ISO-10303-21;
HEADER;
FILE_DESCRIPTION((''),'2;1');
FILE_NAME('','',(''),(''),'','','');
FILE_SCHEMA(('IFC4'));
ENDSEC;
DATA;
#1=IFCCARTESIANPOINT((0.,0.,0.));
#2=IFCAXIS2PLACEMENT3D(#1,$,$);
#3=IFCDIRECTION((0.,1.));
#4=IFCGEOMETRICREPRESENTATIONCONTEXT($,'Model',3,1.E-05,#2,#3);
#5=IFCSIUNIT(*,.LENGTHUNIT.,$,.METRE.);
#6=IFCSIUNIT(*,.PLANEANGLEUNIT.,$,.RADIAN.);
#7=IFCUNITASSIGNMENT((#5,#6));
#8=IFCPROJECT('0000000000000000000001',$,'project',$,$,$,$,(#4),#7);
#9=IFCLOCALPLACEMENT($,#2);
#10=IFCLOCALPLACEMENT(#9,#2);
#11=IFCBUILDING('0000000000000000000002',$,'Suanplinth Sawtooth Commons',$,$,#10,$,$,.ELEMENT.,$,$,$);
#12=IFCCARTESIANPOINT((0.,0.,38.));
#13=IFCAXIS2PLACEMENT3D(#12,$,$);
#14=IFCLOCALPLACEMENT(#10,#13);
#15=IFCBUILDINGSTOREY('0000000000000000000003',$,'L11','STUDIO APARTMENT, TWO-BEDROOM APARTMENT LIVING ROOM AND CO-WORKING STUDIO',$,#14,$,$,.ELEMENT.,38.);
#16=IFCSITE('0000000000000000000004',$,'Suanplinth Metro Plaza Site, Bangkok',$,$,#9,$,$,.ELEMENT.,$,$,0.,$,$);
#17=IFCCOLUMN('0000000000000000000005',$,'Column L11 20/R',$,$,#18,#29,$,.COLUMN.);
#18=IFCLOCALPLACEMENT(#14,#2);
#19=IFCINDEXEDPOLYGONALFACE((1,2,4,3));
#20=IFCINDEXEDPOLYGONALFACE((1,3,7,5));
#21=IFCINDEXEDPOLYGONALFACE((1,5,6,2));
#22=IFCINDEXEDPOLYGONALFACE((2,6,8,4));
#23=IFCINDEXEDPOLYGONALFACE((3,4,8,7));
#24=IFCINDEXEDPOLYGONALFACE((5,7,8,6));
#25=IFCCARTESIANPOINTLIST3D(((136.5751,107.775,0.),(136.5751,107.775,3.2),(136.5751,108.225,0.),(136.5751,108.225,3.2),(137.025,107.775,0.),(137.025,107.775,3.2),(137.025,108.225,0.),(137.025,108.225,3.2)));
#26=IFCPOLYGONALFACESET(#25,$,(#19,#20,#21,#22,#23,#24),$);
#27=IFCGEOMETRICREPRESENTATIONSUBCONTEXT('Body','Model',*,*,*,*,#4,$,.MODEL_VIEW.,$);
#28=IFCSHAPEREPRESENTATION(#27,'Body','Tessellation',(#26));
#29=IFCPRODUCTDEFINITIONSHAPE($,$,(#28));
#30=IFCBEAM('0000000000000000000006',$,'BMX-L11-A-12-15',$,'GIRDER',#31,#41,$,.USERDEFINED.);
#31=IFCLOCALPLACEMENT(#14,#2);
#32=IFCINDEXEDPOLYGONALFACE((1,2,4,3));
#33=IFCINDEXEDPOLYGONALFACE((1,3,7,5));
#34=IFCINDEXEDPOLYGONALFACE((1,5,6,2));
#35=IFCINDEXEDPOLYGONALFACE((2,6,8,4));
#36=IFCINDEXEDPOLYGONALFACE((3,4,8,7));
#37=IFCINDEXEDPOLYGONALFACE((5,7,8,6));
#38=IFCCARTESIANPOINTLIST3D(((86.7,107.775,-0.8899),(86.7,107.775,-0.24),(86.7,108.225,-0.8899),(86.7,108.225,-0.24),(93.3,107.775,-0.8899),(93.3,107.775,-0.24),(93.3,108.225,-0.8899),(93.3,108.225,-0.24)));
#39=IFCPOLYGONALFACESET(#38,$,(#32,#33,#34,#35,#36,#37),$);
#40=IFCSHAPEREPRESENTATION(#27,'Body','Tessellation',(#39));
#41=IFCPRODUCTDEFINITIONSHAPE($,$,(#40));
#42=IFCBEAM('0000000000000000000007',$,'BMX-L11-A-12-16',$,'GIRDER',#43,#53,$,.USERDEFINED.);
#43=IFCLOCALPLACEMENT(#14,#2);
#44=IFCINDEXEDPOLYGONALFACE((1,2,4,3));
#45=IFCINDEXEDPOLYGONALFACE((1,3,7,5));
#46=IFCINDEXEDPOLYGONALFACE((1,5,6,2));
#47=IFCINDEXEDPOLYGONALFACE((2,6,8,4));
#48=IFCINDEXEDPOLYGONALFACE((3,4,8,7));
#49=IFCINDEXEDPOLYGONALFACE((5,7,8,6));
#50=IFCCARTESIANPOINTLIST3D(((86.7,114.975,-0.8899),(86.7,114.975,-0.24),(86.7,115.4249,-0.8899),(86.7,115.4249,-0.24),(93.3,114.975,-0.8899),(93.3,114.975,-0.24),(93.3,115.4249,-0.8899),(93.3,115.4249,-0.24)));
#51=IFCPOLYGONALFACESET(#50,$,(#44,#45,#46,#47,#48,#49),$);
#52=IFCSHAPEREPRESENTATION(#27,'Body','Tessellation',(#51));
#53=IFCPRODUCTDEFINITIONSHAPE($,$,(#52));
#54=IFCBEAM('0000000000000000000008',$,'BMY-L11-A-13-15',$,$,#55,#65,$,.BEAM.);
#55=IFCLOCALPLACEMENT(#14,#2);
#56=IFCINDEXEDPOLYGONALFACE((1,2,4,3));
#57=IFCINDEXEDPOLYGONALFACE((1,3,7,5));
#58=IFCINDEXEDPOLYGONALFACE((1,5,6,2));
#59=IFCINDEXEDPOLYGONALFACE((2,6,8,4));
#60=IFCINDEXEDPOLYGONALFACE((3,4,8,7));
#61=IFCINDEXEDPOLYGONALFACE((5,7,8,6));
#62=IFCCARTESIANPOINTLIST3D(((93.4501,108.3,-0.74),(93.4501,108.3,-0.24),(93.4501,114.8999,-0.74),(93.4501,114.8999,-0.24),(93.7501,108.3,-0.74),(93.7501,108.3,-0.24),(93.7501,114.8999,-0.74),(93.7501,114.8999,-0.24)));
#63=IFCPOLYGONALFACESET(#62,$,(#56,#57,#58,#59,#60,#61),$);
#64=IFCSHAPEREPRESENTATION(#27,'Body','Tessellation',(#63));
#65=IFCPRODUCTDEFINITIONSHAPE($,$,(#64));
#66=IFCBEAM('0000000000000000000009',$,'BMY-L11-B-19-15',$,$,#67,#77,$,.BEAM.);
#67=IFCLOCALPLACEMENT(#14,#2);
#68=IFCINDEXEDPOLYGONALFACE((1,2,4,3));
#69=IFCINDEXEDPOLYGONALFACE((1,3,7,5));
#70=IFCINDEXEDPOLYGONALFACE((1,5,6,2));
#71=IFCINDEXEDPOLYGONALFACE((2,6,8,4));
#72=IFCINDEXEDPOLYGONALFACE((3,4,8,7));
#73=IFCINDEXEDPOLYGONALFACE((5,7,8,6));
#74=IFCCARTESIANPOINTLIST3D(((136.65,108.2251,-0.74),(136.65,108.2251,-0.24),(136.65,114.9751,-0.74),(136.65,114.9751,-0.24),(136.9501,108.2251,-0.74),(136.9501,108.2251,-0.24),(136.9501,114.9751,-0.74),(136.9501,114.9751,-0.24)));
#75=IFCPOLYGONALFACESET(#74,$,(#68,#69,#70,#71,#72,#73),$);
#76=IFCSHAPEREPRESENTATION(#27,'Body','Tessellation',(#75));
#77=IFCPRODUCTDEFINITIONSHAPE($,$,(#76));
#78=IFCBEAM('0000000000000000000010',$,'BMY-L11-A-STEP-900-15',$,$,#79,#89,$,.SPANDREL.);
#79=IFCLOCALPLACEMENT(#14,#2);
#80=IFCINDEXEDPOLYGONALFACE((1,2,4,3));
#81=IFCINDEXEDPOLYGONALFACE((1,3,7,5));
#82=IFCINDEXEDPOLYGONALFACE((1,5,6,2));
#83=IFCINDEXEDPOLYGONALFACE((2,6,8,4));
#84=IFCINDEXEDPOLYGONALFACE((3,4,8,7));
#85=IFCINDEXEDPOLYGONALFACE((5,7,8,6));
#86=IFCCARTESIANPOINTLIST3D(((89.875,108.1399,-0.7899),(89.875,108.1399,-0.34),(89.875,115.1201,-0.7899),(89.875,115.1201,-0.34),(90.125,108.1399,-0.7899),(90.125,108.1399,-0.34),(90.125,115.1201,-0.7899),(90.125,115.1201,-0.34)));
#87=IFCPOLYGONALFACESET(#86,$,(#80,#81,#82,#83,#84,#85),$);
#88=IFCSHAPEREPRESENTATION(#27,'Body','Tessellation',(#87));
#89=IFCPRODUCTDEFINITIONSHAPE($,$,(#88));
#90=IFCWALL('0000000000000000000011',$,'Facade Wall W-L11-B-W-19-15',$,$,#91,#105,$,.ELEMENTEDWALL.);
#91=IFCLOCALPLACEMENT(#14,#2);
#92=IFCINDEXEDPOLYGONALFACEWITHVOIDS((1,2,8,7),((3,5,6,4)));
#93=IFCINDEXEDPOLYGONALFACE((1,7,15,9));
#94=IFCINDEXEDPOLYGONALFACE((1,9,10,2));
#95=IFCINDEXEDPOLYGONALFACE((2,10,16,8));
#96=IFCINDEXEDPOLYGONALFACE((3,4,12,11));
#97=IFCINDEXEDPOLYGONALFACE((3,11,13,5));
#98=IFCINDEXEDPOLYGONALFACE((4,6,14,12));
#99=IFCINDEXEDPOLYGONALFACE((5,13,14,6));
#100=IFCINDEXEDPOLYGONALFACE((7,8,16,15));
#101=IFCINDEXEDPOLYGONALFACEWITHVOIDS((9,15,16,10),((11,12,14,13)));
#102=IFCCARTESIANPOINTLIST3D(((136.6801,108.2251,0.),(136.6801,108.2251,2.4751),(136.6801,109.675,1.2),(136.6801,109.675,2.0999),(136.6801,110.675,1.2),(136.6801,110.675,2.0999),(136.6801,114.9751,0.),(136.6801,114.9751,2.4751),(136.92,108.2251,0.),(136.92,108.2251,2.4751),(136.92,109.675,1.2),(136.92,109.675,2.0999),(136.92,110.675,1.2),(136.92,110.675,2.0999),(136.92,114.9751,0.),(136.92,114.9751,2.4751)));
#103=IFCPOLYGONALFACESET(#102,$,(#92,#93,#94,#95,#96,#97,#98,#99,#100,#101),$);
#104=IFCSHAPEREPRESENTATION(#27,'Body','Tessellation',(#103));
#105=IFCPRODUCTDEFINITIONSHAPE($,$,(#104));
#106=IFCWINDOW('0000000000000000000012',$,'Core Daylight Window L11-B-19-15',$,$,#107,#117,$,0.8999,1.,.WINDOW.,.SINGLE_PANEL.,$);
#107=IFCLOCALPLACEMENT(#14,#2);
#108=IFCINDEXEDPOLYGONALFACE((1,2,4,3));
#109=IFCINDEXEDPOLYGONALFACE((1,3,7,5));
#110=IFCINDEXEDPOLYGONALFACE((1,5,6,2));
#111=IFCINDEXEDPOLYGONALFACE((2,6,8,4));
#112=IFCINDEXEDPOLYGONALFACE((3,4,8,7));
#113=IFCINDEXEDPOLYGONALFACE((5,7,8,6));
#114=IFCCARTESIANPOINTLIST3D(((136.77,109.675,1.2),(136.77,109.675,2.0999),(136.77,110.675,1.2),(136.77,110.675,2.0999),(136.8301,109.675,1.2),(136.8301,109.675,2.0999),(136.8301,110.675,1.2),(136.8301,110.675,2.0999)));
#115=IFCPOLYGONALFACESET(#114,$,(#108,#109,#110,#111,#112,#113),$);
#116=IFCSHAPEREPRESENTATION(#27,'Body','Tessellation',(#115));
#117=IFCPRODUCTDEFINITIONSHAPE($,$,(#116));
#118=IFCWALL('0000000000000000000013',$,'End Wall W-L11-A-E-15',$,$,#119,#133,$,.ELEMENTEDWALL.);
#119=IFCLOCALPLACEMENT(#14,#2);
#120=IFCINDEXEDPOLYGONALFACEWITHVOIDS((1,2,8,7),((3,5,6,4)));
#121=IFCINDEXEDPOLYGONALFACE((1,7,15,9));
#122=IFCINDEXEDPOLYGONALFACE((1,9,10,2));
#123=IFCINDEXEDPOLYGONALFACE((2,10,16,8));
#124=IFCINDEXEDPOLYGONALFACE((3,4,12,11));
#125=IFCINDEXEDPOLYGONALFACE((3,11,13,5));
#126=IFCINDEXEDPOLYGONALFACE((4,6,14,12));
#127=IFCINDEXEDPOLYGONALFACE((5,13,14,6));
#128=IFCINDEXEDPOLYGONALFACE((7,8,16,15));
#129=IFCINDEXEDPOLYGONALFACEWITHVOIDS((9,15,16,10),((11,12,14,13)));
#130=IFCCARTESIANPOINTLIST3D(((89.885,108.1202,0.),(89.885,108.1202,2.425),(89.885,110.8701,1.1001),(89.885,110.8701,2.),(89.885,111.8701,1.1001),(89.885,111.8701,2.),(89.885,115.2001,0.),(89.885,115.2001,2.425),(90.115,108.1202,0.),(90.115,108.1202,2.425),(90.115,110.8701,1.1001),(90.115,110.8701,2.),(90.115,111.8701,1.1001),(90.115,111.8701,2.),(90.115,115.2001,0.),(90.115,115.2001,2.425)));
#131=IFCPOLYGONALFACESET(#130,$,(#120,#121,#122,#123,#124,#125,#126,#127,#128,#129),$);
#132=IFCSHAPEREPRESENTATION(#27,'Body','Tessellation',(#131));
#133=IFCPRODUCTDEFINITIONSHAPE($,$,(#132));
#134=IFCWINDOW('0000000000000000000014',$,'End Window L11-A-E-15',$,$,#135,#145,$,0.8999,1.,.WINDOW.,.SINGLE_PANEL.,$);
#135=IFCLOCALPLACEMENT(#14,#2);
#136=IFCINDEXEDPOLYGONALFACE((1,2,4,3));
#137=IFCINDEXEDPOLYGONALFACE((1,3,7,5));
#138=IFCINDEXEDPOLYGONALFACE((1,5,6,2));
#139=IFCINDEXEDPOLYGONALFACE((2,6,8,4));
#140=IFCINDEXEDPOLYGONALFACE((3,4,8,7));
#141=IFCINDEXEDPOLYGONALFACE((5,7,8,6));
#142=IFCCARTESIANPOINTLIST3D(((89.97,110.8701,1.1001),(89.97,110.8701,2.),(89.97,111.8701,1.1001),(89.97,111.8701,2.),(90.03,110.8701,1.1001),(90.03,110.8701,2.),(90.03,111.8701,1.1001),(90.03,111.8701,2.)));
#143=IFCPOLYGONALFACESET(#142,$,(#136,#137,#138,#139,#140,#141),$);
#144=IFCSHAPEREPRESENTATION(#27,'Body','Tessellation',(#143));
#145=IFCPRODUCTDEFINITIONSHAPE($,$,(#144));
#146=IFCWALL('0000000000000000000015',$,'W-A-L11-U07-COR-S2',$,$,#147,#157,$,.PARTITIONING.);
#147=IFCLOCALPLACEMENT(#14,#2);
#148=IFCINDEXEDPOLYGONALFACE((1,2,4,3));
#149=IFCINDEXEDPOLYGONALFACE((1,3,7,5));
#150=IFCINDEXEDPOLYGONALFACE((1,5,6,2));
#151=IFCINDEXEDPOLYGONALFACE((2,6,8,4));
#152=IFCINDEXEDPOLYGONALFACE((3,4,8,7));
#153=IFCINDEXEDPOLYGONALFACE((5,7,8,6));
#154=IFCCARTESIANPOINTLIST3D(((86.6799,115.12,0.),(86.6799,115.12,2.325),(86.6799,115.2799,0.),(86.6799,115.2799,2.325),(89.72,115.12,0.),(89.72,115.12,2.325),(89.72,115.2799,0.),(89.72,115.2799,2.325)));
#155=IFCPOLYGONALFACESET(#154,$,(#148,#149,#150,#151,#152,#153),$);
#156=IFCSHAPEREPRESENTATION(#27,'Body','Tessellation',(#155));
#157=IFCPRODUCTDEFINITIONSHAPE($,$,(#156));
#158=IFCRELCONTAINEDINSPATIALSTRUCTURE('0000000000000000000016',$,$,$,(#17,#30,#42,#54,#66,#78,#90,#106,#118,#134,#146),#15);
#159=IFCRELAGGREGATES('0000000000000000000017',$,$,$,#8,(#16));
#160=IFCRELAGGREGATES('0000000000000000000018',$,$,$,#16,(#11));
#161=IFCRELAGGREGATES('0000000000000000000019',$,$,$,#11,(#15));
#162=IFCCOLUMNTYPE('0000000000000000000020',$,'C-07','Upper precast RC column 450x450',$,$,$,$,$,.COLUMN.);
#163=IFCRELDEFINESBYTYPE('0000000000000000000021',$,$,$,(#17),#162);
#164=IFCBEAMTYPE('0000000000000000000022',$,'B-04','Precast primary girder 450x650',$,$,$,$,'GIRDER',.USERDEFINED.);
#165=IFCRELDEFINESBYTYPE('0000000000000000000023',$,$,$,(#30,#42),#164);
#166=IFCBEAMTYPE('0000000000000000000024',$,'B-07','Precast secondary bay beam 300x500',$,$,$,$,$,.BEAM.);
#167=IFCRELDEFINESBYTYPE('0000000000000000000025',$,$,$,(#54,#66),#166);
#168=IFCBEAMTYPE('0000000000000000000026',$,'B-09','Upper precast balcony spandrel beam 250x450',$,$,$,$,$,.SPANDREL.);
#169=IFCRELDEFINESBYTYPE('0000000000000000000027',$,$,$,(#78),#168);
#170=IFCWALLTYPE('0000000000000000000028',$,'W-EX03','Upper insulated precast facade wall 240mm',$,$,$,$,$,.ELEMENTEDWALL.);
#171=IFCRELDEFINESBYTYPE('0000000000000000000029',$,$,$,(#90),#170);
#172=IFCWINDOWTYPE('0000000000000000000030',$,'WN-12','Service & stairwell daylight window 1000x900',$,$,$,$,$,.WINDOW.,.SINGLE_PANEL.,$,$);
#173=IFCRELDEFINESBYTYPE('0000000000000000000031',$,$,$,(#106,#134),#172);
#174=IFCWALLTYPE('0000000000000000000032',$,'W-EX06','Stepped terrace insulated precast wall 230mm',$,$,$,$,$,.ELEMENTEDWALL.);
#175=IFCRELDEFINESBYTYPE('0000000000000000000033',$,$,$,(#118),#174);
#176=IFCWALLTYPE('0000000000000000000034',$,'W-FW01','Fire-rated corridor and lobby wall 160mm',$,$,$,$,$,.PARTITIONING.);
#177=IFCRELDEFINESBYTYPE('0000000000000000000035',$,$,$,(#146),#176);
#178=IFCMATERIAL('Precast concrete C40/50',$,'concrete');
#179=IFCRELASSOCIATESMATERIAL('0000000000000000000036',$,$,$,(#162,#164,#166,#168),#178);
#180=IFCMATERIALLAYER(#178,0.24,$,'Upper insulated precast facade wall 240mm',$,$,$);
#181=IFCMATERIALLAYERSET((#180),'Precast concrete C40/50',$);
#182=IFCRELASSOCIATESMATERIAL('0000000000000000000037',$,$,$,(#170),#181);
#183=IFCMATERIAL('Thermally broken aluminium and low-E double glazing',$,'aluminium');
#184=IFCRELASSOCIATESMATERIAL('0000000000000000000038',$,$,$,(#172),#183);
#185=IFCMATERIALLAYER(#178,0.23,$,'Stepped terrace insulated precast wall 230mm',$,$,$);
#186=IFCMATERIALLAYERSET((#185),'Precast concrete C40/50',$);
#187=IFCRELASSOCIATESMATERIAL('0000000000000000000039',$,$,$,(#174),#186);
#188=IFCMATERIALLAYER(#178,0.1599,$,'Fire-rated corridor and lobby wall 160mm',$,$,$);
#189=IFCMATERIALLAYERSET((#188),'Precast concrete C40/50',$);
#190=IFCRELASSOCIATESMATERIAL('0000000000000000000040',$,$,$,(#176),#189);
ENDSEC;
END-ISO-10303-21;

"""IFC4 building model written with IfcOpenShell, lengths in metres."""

from ifc_helpers import new_model, si_unit, direction, frame, frame_2d, origin, origin_2d, place, context, subcontext, project, spatial, rectangle, extrude, material, layer, layer_set, material_profile, profile_set, type_object, element, fill, save


model = new_model("IFC4")

# Units and contexts
model_context = context("Model", 3, precision=1e-05, world=origin(), true_north=direction((0.0, 1.0)))
body_context = subcontext(model_context, "Body", "Model", "MODEL_VIEW")
ifc_project = project(units=[si_unit("LENGTHUNIT", "METRE"), si_unit("PLANEANGLEUNIT", "RADIAN")], contexts=[model_context])

# Site, building, storey
site_placement = place(None, origin())
site = spatial("IfcSite", under=ifc_project, at=site_placement, Name="Suanplinth Metro Plaza Site, Bangkok", CompositionType="ELEMENT", RefElevation=0.0)
building_placement = place(site_placement, origin())
building = spatial("IfcBuilding", under=site, at=building_placement, Name="Suanplinth Sawtooth Commons", CompositionType="ELEMENT")
storey_placement = place(building_placement, frame((0.0, 0.0, 38.0)))
storey = spatial("IfcBuildingStorey", under=building, at=storey_placement, Name="L11", Description="STUDIO APARTMENT, TWO-BEDROOM APARTMENT LIVING ROOM AND CO-WORKING STUDIO", CompositionType="ELEMENT", Elevation=38.0)

# Column
ifc_material_1 = material(Name="Precast concrete C40/50", Category="concrete")
ifc_material_profile_1 = material_profile(ifc_material_1, rectangle(XDim=0.45, YDim=0.45, at=origin_2d()), Name="PC-COL 450x450")
ifc_profile_set_1 = profile_set([ifc_material_profile_1], Name="Precast concrete C40/50")
column_type = type_object("IfcColumnType", Name="C-07", Description="Upper precast RC column 450x450", PredefinedType="COLUMN", material=ifc_profile_set_1)
column_placement = place(storey_placement, frame((136.8, 108.0, 0.0), z_axis=(0.0, 0.0, 1.0), x_axis=(1.0, 0.0, 0.0)))
element("IfcColumn", 1, at=column_placement, inside=storey, type_object=column_type, Name="Column L11 20/R", PredefinedType="COLUMN", context=body_context, shape_type="SweptSolid", body=[
    extrude(rectangle(XDim=0.45, YDim=0.45, at=origin_2d()), origin(), (0.0, 0.0, 1.0), 3.2),
])

# Beams
ifc_material_profile_2 = material_profile(ifc_material_1, rectangle(XDim=0.45, YDim=0.6499, at=origin_2d()), Name="PC-GDR 450x650")
ifc_profile_set_2 = profile_set([ifc_material_profile_2], Name="Precast concrete C40/50")
beam_type_1 = type_object("IfcBeamType", Name="B-04", Description="Precast primary girder 450x650", ElementType="GIRDER", PredefinedType="USERDEFINED", material=ifc_profile_set_2)
for number, where, z_axis, x_axis, name in (
    (2, (86.7, 108.0, -0.5649), (1.0, 0.0, 0.0), (0.0, 1.0, 0.0), "BMX-L11-A-12-15"),
    (3, (86.7, 115.2, -0.5649), (1.0, 0.0, 0.0), (0.0, 1.0, 0.0), "BMX-L11-A-12-16"),
):
    element("IfcBeam", number, at=place(storey_placement, frame(where, z_axis=z_axis, x_axis=x_axis)), inside=storey, type_object=beam_type_1, Name=name, ObjectType="GIRDER", PredefinedType="USERDEFINED", context=body_context, shape_type="SweptSolid", body=[
        extrude(rectangle(XDim=0.45, YDim=0.6499, at=origin_2d()), origin(), (0.0, 0.0, 1.0), 6.6001),
    ])
ifc_material_profile_3 = material_profile(ifc_material_1, rectangle(XDim=0.3, YDim=0.5, at=origin_2d()), Name="PC-BM 300x500")
ifc_profile_set_3 = profile_set([ifc_material_profile_3], Name="Precast concrete C40/50")
beam_type_2 = type_object("IfcBeamType", Name="B-07", Description="Precast secondary bay beam 300x500", PredefinedType="BEAM", material=ifc_profile_set_3)
beam_1_placement = place(storey_placement, frame((93.6001, 108.3, -0.49), z_axis=(0.0, 1.0, 0.0), x_axis=(-1.0, 0.0, 0.0)))
element("IfcBeam", 4, at=beam_1_placement, inside=storey, type_object=beam_type_2, Name="BMY-L11-A-13-15", PredefinedType="BEAM", context=body_context, shape_type="SweptSolid", body=[
    extrude(rectangle(XDim=0.3, YDim=0.5, at=origin_2d()), origin(), (0.0, 0.0, 1.0), 6.5999),
])
beam_2_placement = place(storey_placement, frame((136.8, 108.2251, -0.49), z_axis=(0.0, 1.0, 0.0), x_axis=(-1.0, 0.0, 0.0)))
element("IfcBeam", 5, at=beam_2_placement, inside=storey, type_object=beam_type_2, Name="BMY-L11-B-19-15", PredefinedType="BEAM", context=body_context, shape_type="SweptSolid", body=[
    extrude(rectangle(XDim=0.3, YDim=0.5, at=origin_2d()), origin(), (0.0, 0.0, 1.0), 6.75),
])
ifc_material_profile_4 = material_profile(ifc_material_1, rectangle(XDim=0.25, YDim=0.45, at=origin_2d()), Name="PC-SP 250x450")
ifc_profile_set_4 = profile_set([ifc_material_profile_4], Name="Precast concrete C40/50")
beam_type_3 = type_object("IfcBeamType", Name="B-09", Description="Upper precast balcony spandrel beam 250x450", PredefinedType="SPANDREL", material=ifc_profile_set_4)
beam_3_placement = place(storey_placement, frame((90.0, 108.1399, -0.5649), z_axis=(0.0, 1.0, 0.0), x_axis=(-1.0, 0.0, 0.0)))
element("IfcBeam", 6, at=beam_3_placement, inside=storey, type_object=beam_type_3, Name="BMY-L11-A-STEP-900-15", PredefinedType="SPANDREL", context=body_context, shape_type="SweptSolid", body=[
    extrude(rectangle(XDim=0.25, YDim=0.45, at=origin_2d()), origin(), (0.0, 0.0, 1.0), 6.9802),
])

# Shared definitions
ifc_layer_1 = layer(ifc_material_1, 0.24, Name="Upper insulated precast facade wall 240mm")
ifc_layer_set_1 = layer_set([ifc_layer_1], Name="Precast concrete C40/50")
wall_type_1 = type_object("IfcWallType", Name="W-EX03", Description="Upper insulated precast facade wall 240mm", PredefinedType="ELEMENTEDWALL", material=ifc_layer_set_1)

# Walls, openings, windows
wall_1_placement = place(storey_placement, frame((136.8, 108.2251, 0.0), z_axis=(0.0, 0.0, 1.0), x_axis=(0.0, 1.0, 0.0)))
wall_1 = element("IfcWall", 7, at=wall_1_placement, inside=storey, type_object=wall_type_1, Name="Facade Wall W-L11-B-W-19-15", PredefinedType="ELEMENTEDWALL", context=body_context, shape_type="SweptSolid", body=[
    extrude(rectangle(XDim=6.75, YDim=0.24, at=frame_2d((3.375, 0.0))), origin(), (0.0, 0.0, 1.0), 2.4751),
])
opening_1_placement = place(wall_1_placement, frame((1.45, 0.0, 1.2)))
opening_1 = element("IfcOpeningElement", 8, at=opening_1_placement, cuts=wall_1, PredefinedType="OPENING", context=body_context, shape_type="SweptSolid", body=[
    extrude(rectangle(XDim=1.0, YDim=0.8999, at=frame_2d((0.5, 0.45))), frame((0.0, 0.1348, 0.0), z_axis=(0.0, -1.0, 0.0), x_axis=(1.0, 0.0, 0.0)), (0.0, 0.0, 1.0), 0.2698),
])
ifc_material_2 = material(Name="Thermally broken aluminium and low-E double glazing", Category="aluminium")
window_type = type_object("IfcWindowType", Name="WN-12", Description="Service & stairwell daylight window 1000x900", PartitioningType="SINGLE_PANEL", PredefinedType="WINDOW", material=ifc_material_2)
window_1_placement = place(opening_1_placement, origin())
window_1 = element("IfcWindow", 9, at=window_1_placement, inside=storey, type_object=window_type, Name="Core Daylight Window L11-B-19-15", OverallHeight=0.8999, OverallWidth=1.0, PartitioningType="SINGLE_PANEL", PredefinedType="WINDOW", context=body_context, shape_type="SweptSolid", body=[
    extrude(rectangle(XDim=1.0, YDim=0.8999, at=frame_2d((0.5, 0.45))), frame((0.0, 0.03, 0.0), z_axis=(0.0, -1.0, 0.0), x_axis=(1.0, 0.0, 0.0)), (0.0, 0.0, 1.0), 0.0601),
])
fill(opening_1, window_1)
ifc_layer_2 = layer(ifc_material_1, 0.23, Name="Stepped terrace insulated precast wall 230mm")
ifc_layer_set_2 = layer_set([ifc_layer_2], Name="Precast concrete C40/50")
wall_type_2 = type_object("IfcWallType", Name="W-EX06", Description="Stepped terrace insulated precast wall 230mm", PredefinedType="ELEMENTEDWALL", material=ifc_layer_set_2)
wall_2_placement = place(storey_placement, frame((90.0, 108.1201, 0.0), z_axis=(0.0, 0.0, 1.0), x_axis=(0.0, 1.0, 0.0)))
wall_2 = element("IfcWall", 10, at=wall_2_placement, inside=storey, type_object=wall_type_2, Name="End Wall W-L11-A-E-15", PredefinedType="ELEMENTEDWALL", context=body_context, shape_type="SweptSolid", body=[
    extrude(rectangle(XDim=7.0798, YDim=0.23, at=frame_2d((3.54, 0.0))), origin(), (0.0, 0.0, 1.0), 2.425),
])
opening_2_placement = place(wall_2_placement, frame((2.75, 0.0, 1.1001)))
opening_2 = element("IfcOpeningElement", 11, at=opening_2_placement, cuts=wall_2, PredefinedType="OPENING", context=body_context, shape_type="SweptSolid", body=[
    extrude(rectangle(XDim=1.0, YDim=0.8999, at=frame_2d((0.5, 0.45))), frame((0.0, 0.1299, 0.0), z_axis=(0.0, -1.0, 0.0), x_axis=(1.0, 0.0, 0.0)), (0.0, 0.0, 1.0), 0.2598),
])
window_2_placement = place(opening_2_placement, origin())
window_2 = element("IfcWindow", 12, at=window_2_placement, inside=storey, type_object=window_type, Name="End Window L11-A-E-15", OverallHeight=0.8999, OverallWidth=1.0, PartitioningType="SINGLE_PANEL", PredefinedType="WINDOW", context=body_context, shape_type="SweptSolid", body=[
    extrude(rectangle(XDim=1.0, YDim=0.8999, at=frame_2d((0.5, 0.45))), frame((0.0, 0.03, 0.0), z_axis=(0.0, -1.0, 0.0), x_axis=(1.0, 0.0, 0.0)), (0.0, 0.0, 1.0), 0.0601),
])
fill(opening_2, window_2)

# Wall
ifc_layer_3 = layer(ifc_material_1, 0.1599, Name="Fire-rated corridor and lobby wall 160mm")
ifc_layer_set_3 = layer_set([ifc_layer_3], Name="Precast concrete C40/50")
wall_type_3 = type_object("IfcWallType", Name="W-FW01", Description="Fire-rated corridor and lobby wall 160mm", PredefinedType="PARTITIONING", material=ifc_layer_set_3)
wall_3_placement = place(storey_placement, frame((86.6799, 115.2, 0.0), z_axis=(0.0, 0.0, 1.0), x_axis=(1.0, 0.0, 0.0)))
element("IfcWall", 13, at=wall_3_placement, inside=storey, type_object=wall_type_3, Name="W-A-L11-U07-COR-S2", PredefinedType="PARTITIONING", context=body_context, shape_type="SweptSolid", body=[
    extrude(rectangle(XDim=3.04, YDim=0.1599, at=frame_2d((1.52, 0.0))), origin(), (0.0, 0.0, 1.0), 2.325),
])

save(model, "model.ifc")
